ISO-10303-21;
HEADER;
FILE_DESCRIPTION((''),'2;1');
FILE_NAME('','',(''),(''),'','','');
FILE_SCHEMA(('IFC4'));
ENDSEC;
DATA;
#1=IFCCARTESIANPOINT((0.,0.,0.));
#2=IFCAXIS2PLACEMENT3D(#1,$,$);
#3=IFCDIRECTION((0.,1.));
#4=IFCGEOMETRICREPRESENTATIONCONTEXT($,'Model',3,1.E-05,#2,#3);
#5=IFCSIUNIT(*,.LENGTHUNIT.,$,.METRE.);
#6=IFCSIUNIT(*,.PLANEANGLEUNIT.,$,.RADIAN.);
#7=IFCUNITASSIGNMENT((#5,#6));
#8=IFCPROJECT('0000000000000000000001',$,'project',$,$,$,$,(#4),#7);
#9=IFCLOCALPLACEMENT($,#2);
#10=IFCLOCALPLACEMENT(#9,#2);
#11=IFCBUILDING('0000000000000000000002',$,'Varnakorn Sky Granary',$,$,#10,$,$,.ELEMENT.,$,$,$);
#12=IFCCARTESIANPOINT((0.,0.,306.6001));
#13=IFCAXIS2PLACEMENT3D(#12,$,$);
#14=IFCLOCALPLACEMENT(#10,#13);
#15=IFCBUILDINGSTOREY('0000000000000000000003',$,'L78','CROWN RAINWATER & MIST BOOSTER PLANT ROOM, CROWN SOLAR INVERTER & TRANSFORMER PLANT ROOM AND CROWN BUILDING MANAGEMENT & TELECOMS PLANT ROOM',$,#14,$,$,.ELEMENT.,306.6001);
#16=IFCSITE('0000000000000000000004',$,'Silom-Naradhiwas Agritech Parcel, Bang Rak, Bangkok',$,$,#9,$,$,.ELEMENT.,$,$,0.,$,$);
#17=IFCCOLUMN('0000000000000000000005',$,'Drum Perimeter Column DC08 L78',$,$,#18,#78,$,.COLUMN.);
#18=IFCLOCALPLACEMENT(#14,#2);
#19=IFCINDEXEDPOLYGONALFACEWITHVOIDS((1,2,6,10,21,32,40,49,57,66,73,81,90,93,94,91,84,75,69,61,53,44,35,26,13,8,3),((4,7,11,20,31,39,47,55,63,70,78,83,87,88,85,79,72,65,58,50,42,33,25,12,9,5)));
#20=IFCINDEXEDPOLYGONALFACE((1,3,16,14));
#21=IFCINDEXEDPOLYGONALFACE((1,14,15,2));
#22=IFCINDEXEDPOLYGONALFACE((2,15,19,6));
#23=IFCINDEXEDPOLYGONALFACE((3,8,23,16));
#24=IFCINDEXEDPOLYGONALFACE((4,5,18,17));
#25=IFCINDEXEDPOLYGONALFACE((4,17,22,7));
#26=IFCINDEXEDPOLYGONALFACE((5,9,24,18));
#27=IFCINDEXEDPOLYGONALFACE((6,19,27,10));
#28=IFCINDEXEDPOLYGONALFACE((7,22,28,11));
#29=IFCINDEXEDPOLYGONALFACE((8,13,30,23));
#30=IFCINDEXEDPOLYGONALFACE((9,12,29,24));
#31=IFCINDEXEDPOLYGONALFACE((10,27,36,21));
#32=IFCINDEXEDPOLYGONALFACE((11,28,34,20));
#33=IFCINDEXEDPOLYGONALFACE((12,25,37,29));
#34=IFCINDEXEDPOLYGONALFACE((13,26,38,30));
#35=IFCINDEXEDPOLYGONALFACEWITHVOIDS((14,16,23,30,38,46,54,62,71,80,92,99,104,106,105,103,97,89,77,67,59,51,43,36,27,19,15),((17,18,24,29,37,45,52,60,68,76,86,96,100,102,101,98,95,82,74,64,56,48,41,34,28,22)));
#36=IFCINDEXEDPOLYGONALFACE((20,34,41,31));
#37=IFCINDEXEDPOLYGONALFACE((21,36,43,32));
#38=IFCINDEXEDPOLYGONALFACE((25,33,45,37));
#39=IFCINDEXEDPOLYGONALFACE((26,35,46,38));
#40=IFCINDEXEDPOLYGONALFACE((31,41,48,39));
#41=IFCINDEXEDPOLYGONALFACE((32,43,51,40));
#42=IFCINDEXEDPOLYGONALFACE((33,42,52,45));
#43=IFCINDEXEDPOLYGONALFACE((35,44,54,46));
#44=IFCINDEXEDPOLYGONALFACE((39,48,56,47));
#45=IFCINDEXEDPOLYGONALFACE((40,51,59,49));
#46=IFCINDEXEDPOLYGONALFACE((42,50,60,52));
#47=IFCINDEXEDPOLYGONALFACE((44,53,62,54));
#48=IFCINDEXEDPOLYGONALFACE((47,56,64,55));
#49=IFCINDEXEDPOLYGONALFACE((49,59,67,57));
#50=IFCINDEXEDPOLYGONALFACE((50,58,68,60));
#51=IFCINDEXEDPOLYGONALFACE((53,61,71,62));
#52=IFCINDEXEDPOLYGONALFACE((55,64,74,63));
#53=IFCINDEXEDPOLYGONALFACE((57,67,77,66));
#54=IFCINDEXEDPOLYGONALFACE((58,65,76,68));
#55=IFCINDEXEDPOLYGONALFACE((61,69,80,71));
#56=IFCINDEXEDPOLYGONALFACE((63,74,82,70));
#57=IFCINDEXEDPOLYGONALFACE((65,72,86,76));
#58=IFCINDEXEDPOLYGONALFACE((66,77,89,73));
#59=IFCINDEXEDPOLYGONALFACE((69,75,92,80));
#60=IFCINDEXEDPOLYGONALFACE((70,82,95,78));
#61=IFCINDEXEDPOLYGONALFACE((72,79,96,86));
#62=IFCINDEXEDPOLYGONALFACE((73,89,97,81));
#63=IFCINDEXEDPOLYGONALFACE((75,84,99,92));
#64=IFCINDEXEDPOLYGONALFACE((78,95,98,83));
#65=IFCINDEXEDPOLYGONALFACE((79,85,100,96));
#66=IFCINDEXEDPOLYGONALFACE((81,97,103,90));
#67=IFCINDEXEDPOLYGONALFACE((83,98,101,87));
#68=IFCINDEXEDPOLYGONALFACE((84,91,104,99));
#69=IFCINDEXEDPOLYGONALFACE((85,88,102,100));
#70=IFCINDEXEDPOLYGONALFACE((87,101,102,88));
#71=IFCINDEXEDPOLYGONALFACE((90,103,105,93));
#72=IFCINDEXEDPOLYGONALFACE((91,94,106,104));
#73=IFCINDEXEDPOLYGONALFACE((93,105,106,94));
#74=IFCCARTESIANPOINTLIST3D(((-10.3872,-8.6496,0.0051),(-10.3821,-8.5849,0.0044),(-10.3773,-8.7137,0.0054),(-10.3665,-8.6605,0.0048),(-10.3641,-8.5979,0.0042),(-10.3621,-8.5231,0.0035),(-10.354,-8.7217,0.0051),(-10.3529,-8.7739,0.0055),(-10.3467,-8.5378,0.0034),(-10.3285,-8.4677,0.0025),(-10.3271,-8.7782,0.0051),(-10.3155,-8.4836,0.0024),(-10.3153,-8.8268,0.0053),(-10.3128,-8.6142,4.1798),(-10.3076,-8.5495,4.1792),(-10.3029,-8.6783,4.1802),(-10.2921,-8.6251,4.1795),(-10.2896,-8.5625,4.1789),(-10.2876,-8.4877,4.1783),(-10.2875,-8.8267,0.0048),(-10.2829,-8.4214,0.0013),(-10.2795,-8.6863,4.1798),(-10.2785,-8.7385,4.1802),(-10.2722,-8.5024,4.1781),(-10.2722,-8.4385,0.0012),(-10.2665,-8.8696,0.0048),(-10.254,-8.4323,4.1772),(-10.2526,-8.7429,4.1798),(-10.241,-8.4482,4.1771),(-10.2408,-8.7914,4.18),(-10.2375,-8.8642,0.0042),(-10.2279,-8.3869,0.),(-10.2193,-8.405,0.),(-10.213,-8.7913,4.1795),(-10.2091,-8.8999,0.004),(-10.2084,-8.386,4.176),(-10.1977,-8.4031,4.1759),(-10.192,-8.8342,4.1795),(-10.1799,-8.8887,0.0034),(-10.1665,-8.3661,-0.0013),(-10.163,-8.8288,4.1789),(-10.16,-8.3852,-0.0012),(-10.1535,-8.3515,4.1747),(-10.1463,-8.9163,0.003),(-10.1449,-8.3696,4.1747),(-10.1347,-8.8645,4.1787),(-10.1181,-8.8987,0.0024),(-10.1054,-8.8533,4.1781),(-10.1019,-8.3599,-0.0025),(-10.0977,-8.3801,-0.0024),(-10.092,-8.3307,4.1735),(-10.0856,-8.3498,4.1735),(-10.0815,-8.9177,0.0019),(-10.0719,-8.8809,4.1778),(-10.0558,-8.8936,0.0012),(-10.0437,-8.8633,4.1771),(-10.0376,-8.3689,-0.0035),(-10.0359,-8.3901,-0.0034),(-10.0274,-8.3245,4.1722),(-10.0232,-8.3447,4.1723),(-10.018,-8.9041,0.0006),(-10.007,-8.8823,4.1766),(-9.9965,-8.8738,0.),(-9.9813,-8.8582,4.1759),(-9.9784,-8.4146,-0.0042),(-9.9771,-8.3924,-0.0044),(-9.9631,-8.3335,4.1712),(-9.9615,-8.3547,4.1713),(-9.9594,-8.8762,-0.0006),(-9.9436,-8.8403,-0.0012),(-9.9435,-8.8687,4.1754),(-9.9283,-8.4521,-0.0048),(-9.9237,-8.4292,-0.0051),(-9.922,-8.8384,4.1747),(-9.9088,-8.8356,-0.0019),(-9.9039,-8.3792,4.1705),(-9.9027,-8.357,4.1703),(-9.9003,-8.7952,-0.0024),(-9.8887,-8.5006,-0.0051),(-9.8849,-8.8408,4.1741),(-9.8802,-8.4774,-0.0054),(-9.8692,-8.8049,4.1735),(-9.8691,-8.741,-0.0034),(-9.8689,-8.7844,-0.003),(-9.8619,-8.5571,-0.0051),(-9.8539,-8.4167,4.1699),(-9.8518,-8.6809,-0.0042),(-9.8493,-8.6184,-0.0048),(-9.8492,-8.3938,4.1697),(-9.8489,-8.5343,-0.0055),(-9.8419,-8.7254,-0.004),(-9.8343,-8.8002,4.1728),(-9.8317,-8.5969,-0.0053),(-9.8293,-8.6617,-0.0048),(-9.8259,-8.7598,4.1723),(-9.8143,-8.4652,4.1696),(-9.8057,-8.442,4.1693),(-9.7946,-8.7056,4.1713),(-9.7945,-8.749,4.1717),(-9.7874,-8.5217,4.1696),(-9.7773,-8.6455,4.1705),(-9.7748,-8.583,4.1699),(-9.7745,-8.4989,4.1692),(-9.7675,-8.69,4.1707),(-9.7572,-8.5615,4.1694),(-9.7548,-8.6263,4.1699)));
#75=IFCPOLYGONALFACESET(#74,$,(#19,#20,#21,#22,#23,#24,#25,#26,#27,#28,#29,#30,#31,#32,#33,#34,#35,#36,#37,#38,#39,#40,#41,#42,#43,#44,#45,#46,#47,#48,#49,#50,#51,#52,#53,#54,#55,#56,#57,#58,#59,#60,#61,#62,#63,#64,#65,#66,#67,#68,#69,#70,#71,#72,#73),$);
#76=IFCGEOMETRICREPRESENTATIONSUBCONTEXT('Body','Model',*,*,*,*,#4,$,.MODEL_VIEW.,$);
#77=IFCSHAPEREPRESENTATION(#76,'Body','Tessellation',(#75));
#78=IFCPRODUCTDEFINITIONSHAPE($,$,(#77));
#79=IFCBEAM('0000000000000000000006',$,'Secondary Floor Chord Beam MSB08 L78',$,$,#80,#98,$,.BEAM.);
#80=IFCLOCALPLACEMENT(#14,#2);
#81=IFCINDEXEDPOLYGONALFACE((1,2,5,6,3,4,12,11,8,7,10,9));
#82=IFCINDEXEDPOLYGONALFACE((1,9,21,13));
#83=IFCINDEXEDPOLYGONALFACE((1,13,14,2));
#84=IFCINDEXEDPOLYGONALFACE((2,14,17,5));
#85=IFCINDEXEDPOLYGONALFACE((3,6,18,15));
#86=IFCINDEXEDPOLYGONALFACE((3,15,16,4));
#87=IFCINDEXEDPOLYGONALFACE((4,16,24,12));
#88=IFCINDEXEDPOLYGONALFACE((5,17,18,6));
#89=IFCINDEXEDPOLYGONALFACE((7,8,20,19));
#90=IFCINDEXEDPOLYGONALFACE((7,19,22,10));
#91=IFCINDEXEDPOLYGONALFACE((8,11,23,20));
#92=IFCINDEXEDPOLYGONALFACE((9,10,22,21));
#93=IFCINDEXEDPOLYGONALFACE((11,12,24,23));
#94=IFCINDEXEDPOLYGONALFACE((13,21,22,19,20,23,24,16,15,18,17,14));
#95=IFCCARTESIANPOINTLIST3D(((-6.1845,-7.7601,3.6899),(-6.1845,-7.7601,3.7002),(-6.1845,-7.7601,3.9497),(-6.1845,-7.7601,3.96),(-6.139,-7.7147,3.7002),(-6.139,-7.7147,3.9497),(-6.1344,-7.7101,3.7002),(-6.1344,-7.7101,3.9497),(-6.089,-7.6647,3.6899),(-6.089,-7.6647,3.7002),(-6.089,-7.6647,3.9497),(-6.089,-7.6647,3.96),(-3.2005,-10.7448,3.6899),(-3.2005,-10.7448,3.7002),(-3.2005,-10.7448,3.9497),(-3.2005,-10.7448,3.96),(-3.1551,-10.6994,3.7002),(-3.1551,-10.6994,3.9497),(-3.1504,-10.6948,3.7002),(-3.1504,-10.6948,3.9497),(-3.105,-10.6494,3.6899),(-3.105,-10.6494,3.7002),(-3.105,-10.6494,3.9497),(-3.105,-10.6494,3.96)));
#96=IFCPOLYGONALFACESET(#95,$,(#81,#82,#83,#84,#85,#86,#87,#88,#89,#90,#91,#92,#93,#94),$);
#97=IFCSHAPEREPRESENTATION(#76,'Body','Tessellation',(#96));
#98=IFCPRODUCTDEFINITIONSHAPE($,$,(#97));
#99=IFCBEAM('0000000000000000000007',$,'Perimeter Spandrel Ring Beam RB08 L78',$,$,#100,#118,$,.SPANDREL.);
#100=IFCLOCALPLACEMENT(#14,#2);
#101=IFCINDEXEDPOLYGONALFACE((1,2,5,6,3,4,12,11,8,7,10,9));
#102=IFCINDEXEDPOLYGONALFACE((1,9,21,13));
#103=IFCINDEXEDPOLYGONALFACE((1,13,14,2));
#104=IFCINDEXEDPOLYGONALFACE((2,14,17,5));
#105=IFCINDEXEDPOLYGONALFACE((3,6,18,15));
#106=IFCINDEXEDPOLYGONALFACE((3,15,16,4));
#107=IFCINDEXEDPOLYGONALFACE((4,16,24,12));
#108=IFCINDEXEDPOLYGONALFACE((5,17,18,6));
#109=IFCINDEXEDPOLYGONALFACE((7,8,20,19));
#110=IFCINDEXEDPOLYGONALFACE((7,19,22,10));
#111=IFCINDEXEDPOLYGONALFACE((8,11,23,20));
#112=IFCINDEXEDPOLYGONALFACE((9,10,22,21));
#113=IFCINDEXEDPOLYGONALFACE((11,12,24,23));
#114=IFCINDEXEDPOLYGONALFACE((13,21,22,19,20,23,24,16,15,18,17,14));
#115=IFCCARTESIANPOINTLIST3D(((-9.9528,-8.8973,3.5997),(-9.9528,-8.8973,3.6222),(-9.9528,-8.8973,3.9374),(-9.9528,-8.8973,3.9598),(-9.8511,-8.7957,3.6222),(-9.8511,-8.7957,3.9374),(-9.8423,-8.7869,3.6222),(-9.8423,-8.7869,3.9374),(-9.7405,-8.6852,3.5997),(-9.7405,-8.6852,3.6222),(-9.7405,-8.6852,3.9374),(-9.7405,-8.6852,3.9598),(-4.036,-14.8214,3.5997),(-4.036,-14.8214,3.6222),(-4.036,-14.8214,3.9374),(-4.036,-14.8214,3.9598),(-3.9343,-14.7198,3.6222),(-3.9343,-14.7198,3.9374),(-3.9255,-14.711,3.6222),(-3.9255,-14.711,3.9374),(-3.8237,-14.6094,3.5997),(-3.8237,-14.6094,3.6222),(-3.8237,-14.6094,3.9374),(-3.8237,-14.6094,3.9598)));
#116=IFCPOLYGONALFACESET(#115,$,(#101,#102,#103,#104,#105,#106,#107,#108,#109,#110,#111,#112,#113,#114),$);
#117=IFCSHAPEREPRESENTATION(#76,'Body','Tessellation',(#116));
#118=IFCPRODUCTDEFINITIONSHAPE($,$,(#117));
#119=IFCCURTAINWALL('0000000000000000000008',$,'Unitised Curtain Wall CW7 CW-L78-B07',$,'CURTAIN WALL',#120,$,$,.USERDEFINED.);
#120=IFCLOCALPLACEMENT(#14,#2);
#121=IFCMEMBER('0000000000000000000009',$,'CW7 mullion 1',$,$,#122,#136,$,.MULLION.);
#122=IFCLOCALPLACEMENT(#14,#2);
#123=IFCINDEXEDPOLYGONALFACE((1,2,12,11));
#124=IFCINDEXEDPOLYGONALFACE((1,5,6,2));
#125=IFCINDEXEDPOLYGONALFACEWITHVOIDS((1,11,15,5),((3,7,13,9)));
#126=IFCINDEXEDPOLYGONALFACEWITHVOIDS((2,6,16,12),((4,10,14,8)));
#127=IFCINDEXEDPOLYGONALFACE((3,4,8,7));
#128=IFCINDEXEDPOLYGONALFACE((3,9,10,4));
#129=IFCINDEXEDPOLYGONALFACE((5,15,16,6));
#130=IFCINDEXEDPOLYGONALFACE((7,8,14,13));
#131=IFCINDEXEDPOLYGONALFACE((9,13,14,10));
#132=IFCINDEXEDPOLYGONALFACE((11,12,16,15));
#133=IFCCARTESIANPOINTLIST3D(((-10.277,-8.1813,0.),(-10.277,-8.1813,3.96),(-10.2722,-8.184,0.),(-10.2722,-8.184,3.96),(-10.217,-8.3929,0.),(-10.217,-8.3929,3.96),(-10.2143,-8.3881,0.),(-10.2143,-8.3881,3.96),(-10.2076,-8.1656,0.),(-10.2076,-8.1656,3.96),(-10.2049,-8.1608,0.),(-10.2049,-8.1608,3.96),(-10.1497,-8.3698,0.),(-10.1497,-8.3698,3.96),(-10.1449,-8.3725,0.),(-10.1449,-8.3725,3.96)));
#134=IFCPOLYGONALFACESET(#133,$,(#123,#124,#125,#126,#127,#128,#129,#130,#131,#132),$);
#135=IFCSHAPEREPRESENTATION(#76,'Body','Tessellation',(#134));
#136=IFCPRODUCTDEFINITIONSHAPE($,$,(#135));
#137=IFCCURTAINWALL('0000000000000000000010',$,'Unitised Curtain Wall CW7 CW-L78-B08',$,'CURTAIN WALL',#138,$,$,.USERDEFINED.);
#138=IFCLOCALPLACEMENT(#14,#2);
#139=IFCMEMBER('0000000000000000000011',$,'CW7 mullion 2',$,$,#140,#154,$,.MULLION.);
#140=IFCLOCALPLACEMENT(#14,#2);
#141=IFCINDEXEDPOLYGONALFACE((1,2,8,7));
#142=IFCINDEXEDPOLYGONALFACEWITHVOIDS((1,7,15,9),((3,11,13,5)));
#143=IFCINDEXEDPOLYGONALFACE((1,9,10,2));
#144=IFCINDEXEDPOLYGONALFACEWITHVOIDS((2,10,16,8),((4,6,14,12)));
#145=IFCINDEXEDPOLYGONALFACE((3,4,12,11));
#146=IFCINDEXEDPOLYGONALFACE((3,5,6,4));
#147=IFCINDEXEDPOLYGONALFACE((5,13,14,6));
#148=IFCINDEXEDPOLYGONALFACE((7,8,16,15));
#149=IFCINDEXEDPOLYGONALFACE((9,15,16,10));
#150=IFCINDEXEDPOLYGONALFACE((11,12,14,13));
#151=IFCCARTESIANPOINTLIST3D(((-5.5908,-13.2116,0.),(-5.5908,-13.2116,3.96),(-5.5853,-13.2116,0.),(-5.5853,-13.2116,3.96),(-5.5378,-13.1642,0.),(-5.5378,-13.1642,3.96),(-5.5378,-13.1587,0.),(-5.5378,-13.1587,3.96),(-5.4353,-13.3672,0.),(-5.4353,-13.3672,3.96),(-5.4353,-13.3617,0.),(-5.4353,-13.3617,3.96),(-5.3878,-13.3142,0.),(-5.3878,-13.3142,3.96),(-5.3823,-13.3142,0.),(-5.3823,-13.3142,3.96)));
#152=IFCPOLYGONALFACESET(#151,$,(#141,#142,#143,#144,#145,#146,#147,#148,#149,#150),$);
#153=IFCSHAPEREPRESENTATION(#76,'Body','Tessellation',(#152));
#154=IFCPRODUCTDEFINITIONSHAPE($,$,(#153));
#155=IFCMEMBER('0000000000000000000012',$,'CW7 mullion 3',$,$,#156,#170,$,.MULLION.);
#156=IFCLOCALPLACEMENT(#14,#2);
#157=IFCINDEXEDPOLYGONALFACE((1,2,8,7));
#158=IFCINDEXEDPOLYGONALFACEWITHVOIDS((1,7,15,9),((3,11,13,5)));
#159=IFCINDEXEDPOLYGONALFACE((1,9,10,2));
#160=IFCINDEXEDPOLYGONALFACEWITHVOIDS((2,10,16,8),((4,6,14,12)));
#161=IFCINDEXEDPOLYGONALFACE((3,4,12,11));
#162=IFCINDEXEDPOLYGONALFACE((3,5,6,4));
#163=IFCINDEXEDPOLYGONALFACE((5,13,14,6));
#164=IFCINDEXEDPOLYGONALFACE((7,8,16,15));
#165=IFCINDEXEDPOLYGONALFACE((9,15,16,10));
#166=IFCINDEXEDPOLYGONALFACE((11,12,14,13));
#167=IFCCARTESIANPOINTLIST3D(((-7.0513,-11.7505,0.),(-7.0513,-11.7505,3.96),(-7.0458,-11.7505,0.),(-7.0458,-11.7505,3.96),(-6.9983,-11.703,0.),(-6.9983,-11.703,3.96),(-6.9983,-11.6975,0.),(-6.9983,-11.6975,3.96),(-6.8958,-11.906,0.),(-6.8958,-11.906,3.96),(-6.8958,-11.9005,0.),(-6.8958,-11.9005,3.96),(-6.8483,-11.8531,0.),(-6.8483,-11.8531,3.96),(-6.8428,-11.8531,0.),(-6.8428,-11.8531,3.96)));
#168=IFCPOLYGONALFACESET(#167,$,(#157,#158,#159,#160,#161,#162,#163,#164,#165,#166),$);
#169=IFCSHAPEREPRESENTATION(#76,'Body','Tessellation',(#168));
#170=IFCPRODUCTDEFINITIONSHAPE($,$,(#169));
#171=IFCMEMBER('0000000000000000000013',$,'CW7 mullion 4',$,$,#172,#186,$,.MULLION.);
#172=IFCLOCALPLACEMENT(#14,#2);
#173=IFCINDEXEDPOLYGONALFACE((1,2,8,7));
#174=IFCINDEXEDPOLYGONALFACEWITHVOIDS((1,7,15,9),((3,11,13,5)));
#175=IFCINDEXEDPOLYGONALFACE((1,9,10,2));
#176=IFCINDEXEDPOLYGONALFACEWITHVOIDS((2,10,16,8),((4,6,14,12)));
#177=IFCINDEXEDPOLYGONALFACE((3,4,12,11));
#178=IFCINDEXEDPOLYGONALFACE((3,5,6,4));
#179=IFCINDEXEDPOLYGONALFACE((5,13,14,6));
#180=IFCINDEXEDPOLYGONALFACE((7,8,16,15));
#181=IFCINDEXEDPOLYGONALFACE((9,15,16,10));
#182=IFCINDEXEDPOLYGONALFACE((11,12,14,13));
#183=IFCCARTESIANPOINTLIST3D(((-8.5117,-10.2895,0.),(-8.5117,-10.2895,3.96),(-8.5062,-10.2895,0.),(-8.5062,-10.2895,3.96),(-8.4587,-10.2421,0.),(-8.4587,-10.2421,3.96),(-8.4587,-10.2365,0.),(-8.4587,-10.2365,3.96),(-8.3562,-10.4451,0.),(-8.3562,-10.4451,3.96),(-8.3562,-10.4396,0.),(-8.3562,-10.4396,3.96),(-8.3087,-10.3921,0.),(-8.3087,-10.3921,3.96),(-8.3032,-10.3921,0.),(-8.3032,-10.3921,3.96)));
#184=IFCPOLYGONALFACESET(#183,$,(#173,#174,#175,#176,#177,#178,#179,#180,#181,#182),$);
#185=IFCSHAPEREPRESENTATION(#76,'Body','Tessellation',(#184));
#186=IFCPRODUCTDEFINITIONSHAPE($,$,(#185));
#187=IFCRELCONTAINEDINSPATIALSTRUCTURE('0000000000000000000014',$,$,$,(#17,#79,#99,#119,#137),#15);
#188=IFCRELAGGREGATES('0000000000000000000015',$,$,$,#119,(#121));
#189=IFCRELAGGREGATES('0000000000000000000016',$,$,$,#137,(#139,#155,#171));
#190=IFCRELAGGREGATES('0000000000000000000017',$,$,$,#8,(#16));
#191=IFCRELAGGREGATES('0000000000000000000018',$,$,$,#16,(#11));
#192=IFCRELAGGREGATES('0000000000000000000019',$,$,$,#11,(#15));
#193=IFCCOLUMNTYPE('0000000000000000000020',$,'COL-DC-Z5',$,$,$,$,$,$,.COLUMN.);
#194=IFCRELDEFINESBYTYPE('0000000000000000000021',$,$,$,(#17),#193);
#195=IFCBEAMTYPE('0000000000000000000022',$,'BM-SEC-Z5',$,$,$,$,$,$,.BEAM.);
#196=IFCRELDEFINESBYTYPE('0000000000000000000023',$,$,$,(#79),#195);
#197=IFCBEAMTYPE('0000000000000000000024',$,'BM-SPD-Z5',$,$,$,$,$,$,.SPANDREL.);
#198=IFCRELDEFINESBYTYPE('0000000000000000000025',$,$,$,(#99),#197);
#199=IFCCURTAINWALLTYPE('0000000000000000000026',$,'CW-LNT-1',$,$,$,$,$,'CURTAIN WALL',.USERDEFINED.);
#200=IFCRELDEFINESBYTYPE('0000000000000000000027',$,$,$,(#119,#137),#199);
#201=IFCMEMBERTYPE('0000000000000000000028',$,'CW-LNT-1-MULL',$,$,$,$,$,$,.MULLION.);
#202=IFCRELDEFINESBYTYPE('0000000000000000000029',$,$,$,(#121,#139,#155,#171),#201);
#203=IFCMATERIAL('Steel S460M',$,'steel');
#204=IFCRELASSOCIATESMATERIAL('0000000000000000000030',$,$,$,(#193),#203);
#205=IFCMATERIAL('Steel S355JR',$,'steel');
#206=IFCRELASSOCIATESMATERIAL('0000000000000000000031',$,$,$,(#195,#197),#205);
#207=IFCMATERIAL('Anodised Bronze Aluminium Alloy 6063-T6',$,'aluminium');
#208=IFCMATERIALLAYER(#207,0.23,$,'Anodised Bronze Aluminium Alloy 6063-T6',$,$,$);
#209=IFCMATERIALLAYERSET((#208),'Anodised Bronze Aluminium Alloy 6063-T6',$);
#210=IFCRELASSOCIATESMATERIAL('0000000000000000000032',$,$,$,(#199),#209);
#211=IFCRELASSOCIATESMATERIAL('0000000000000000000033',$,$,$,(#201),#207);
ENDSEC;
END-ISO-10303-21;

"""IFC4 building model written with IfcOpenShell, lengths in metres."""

from ifc_helpers import new_model, si_unit, direction, frame, origin, origin_2d, place, context, subcontext, project, spatial, hollow_rectangle, hollow_circle, i_section, extrude, material, layer, layer_set, material_profile, profile_set, type_object, element, aggregate, save


model = new_model("IFC4")

# Units and contexts
model_context = context("Model", 3, precision=1e-05, world=origin(), true_north=direction((0.0, 1.0)))
body_context = subcontext(model_context, "Body", "Model", "MODEL_VIEW")
ifc_project = project(units=[si_unit("LENGTHUNIT", "METRE"), si_unit("PLANEANGLEUNIT", "RADIAN")], contexts=[model_context])

# Site, building, storey
site_placement = place(None, origin())
site = spatial("IfcSite", under=ifc_project, at=site_placement, Name="Silom-Naradhiwas Agritech Parcel, Bang Rak, Bangkok", CompositionType="ELEMENT", RefElevation=0.0)
building_placement = place(site_placement, origin())
building = spatial("IfcBuilding", under=site, at=building_placement, Name="Varnakorn Sky Granary", CompositionType="ELEMENT")
storey_placement = place(building_placement, frame((0.0, 0.0, 306.6001)))
storey = spatial("IfcBuildingStorey", under=building, at=storey_placement, Name="L78", Description="CROWN RAINWATER & MIST BOOSTER PLANT ROOM, CROWN SOLAR INVERTER & TRANSFORMER PLANT ROOM AND CROWN BUILDING MANAGEMENT & TELECOMS PLANT ROOM", CompositionType="ELEMENT", Elevation=306.6001)

# Column
ifc_material_1 = material(Name="Steel S460M", Category="steel")
ifc_material_profile_1 = material_profile(ifc_material_1, hollow_circle(Radius=0.2795, WallThickness=0.02, at=origin_2d()), Name="CHS 559x20")
ifc_profile_set_1 = profile_set([ifc_material_profile_1], Name="Steel S460M")
column_type = type_object("IfcColumnType", Name="COL-DC-Z5", PredefinedType="COLUMN", material=ifc_profile_set_1)
column_placement = place(storey_placement, frame((-10.1079, -8.6394, 0.0), z_axis=(0.017833, 0.008478, 0.999805), x_axis=(-0.429359, 0.903134, 0.0)))
element("IfcColumn", 1, at=column_placement, inside=storey, type_object=column_type, Name="Drum Perimeter Column DC08 L78", PredefinedType="COLUMN", context=body_context, shape_type="SweptSolid", body=[
    extrude(hollow_circle(Radius=0.2795, WallThickness=0.02, at=origin_2d()), origin(), (0.0, 0.0, 1.0), 4.1755),
])

# Beams
ifc_material_2 = material(Name="Steel S355JR", Category="steel")
ifc_material_profile_2 = material_profile(ifc_material_2, i_section(OverallWidth=0.135, OverallDepth=0.27, WebThickness=0.0066, FlangeThickness=0.0103, at=origin_2d()), Name="IPE 270")
ifc_profile_set_2 = profile_set([ifc_material_profile_2], Name="Steel S355JR")
beam_type_1 = type_object("IfcBeamType", Name="BM-SEC-Z5", PredefinedType="BEAM", material=ifc_profile_set_2)
beam_1_placement = place(storey_placement, frame((-6.1367, -7.7124, 3.825), z_axis=(0.70702, -0.707194, 0.0), x_axis=(0.707194, 0.70702, 0.0)))
element("IfcBeam", 2, at=beam_1_placement, inside=storey, type_object=beam_type_1, Name="Secondary Floor Chord Beam MSB08 L78", PredefinedType="BEAM", context=body_context, shape_type="SweptSolid", body=[
    extrude(i_section(OverallWidth=0.135, OverallDepth=0.27, WebThickness=0.0066, FlangeThickness=0.0103, at=origin_2d()), origin(), (0.0, 0.0, 1.0), 4.2205),
])
ifc_material_profile_3 = material_profile(ifc_material_2, i_section(OverallWidth=0.3, OverallDepth=0.3601, WebThickness=0.0125, FlangeThickness=0.0225, at=origin_2d()), Name="HE 360 B")
ifc_profile_set_3 = profile_set([ifc_material_profile_3], Name="Steel S355JR")
beam_type_2 = type_object("IfcBeamType", Name="BM-SPD-Z5", PredefinedType="SPANDREL", material=ifc_profile_set_3)
beam_2_placement = place(storey_placement, frame((-9.8467, -8.7913, 3.7798), z_axis=(0.706669, -0.707544, 0.0), x_axis=(0.707544, 0.706669, 0.0)))
element("IfcBeam", 3, at=beam_2_placement, inside=storey, type_object=beam_type_2, Name="Perimeter Spandrel Ring Beam RB08 L78", PredefinedType="SPANDREL", context=body_context, shape_type="SweptSolid", body=[
    extrude(i_section(OverallWidth=0.3, OverallDepth=0.3601, WebThickness=0.0125, FlangeThickness=0.0225, at=origin_2d()), origin(), (0.0, 0.0, 1.0), 8.3728),
])

# Curtain wall, member
ifc_material_3 = material(Name="Anodised Bronze Aluminium Alloy 6063-T6", Category="aluminium")
ifc_layer_1 = layer(ifc_material_3, 0.23, Name="Anodised Bronze Aluminium Alloy 6063-T6")
ifc_layer_set_1 = layer_set([ifc_layer_1], Name="Anodised Bronze Aluminium Alloy 6063-T6")
curtain_wall_type = type_object("IfcCurtainWallType", Name="CW-LNT-1", ElementType="CURTAIN WALL", PredefinedType="USERDEFINED", material=ifc_layer_set_1)
curtain_wall_1_placement = place(storey_placement, origin())
curtain_wall_1 = element("IfcCurtainWall", 4, at=curtain_wall_1_placement, inside=storey, type_object=curtain_wall_type, Name="Unitised Curtain Wall CW7 CW-L78-B07", ObjectType="CURTAIN WALL", PredefinedType="USERDEFINED")
ifc_material_profile_4 = material_profile(ifc_material_3, hollow_rectangle(XDim=0.075, YDim=0.22, WallThickness=0.0039, at=origin_2d()), Name="ALU MULL 75x220")
ifc_profile_set_4 = profile_set([ifc_material_profile_4], Name="Anodised Bronze Aluminium Alloy 6063-T6")
member_type_1 = type_object("IfcMemberType", Name="CW-LNT-1-MULL", PredefinedType="MULLION", material=ifc_profile_set_4)
member_1_placement = place(storey_placement, frame((-10.2109, -8.2769, 0.0), z_axis=(0.0, 0.0, 1.0), x_axis=(-0.962095, -0.272716, 0.0)))
member_1 = element("IfcMember", 5, at=member_1_placement, type_object=member_type_1, Name="CW7 mullion 1", PredefinedType="MULLION", context=body_context, shape_type="SweptSolid", body=[
    extrude(hollow_rectangle(XDim=0.075, YDim=0.22, WallThickness=0.0039, at=origin_2d()), origin(), (0.0, 0.0, 1.0), 3.96),
])

# Curtain wall, members
curtain_wall_2_placement = place(storey_placement, origin())
curtain_wall_2 = element("IfcCurtainWall", 6, at=curtain_wall_2_placement, inside=storey, type_object=curtain_wall_type, Name="Unitised Curtain Wall CW7 CW-L78-B08", ObjectType="CURTAIN WALL", PredefinedType="USERDEFINED")
member_2_placement = place(storey_placement, frame((-5.4866, -13.2629, 0.0), z_axis=(0.0, 0.0, 1.0), x_axis=(-0.707252, -0.706962, 0.0)))
member_2 = element("IfcMember", 7, at=member_2_placement, type_object=member_type_1, Name="CW7 mullion 2", PredefinedType="MULLION", context=body_context, shape_type="SweptSolid", body=[
    extrude(hollow_rectangle(XDim=0.075, YDim=0.22, WallThickness=0.0039, at=origin_2d()), origin(), (0.0, 0.0, 1.0), 3.96),
])
member_3_placement = place(storey_placement, frame((-6.947, -11.8018, 0.0), z_axis=(0.0, 0.0, 1.0), x_axis=(-0.707252, -0.706962, 0.0)))
member_3 = element("IfcMember", 8, at=member_3_placement, type_object=member_type_1, Name="CW7 mullion 3", PredefinedType="MULLION", context=body_context, shape_type="SweptSolid", body=[
    extrude(hollow_rectangle(XDim=0.075, YDim=0.22, WallThickness=0.0039, at=origin_2d()), origin(), (0.0, 0.0, 1.0), 3.96),
])
member_4_placement = place(storey_placement, frame((-8.4075, -10.3408, 0.0), z_axis=(0.0, 0.0, 1.0), x_axis=(-0.707252, -0.706962, 0.0)))
member_4 = element("IfcMember", 9, at=member_4_placement, type_object=member_type_1, Name="CW7 mullion 4", PredefinedType="MULLION", context=body_context, shape_type="SweptSolid", body=[
    extrude(hollow_rectangle(XDim=0.075, YDim=0.22, WallThickness=0.0039, at=origin_2d()), origin(), (0.0, 0.0, 1.0), 3.96),
])

aggregate(curtain_wall_1, [member_1])

aggregate(curtain_wall_2, [member_2, member_3, member_4])

save(model, "model.ifc")
